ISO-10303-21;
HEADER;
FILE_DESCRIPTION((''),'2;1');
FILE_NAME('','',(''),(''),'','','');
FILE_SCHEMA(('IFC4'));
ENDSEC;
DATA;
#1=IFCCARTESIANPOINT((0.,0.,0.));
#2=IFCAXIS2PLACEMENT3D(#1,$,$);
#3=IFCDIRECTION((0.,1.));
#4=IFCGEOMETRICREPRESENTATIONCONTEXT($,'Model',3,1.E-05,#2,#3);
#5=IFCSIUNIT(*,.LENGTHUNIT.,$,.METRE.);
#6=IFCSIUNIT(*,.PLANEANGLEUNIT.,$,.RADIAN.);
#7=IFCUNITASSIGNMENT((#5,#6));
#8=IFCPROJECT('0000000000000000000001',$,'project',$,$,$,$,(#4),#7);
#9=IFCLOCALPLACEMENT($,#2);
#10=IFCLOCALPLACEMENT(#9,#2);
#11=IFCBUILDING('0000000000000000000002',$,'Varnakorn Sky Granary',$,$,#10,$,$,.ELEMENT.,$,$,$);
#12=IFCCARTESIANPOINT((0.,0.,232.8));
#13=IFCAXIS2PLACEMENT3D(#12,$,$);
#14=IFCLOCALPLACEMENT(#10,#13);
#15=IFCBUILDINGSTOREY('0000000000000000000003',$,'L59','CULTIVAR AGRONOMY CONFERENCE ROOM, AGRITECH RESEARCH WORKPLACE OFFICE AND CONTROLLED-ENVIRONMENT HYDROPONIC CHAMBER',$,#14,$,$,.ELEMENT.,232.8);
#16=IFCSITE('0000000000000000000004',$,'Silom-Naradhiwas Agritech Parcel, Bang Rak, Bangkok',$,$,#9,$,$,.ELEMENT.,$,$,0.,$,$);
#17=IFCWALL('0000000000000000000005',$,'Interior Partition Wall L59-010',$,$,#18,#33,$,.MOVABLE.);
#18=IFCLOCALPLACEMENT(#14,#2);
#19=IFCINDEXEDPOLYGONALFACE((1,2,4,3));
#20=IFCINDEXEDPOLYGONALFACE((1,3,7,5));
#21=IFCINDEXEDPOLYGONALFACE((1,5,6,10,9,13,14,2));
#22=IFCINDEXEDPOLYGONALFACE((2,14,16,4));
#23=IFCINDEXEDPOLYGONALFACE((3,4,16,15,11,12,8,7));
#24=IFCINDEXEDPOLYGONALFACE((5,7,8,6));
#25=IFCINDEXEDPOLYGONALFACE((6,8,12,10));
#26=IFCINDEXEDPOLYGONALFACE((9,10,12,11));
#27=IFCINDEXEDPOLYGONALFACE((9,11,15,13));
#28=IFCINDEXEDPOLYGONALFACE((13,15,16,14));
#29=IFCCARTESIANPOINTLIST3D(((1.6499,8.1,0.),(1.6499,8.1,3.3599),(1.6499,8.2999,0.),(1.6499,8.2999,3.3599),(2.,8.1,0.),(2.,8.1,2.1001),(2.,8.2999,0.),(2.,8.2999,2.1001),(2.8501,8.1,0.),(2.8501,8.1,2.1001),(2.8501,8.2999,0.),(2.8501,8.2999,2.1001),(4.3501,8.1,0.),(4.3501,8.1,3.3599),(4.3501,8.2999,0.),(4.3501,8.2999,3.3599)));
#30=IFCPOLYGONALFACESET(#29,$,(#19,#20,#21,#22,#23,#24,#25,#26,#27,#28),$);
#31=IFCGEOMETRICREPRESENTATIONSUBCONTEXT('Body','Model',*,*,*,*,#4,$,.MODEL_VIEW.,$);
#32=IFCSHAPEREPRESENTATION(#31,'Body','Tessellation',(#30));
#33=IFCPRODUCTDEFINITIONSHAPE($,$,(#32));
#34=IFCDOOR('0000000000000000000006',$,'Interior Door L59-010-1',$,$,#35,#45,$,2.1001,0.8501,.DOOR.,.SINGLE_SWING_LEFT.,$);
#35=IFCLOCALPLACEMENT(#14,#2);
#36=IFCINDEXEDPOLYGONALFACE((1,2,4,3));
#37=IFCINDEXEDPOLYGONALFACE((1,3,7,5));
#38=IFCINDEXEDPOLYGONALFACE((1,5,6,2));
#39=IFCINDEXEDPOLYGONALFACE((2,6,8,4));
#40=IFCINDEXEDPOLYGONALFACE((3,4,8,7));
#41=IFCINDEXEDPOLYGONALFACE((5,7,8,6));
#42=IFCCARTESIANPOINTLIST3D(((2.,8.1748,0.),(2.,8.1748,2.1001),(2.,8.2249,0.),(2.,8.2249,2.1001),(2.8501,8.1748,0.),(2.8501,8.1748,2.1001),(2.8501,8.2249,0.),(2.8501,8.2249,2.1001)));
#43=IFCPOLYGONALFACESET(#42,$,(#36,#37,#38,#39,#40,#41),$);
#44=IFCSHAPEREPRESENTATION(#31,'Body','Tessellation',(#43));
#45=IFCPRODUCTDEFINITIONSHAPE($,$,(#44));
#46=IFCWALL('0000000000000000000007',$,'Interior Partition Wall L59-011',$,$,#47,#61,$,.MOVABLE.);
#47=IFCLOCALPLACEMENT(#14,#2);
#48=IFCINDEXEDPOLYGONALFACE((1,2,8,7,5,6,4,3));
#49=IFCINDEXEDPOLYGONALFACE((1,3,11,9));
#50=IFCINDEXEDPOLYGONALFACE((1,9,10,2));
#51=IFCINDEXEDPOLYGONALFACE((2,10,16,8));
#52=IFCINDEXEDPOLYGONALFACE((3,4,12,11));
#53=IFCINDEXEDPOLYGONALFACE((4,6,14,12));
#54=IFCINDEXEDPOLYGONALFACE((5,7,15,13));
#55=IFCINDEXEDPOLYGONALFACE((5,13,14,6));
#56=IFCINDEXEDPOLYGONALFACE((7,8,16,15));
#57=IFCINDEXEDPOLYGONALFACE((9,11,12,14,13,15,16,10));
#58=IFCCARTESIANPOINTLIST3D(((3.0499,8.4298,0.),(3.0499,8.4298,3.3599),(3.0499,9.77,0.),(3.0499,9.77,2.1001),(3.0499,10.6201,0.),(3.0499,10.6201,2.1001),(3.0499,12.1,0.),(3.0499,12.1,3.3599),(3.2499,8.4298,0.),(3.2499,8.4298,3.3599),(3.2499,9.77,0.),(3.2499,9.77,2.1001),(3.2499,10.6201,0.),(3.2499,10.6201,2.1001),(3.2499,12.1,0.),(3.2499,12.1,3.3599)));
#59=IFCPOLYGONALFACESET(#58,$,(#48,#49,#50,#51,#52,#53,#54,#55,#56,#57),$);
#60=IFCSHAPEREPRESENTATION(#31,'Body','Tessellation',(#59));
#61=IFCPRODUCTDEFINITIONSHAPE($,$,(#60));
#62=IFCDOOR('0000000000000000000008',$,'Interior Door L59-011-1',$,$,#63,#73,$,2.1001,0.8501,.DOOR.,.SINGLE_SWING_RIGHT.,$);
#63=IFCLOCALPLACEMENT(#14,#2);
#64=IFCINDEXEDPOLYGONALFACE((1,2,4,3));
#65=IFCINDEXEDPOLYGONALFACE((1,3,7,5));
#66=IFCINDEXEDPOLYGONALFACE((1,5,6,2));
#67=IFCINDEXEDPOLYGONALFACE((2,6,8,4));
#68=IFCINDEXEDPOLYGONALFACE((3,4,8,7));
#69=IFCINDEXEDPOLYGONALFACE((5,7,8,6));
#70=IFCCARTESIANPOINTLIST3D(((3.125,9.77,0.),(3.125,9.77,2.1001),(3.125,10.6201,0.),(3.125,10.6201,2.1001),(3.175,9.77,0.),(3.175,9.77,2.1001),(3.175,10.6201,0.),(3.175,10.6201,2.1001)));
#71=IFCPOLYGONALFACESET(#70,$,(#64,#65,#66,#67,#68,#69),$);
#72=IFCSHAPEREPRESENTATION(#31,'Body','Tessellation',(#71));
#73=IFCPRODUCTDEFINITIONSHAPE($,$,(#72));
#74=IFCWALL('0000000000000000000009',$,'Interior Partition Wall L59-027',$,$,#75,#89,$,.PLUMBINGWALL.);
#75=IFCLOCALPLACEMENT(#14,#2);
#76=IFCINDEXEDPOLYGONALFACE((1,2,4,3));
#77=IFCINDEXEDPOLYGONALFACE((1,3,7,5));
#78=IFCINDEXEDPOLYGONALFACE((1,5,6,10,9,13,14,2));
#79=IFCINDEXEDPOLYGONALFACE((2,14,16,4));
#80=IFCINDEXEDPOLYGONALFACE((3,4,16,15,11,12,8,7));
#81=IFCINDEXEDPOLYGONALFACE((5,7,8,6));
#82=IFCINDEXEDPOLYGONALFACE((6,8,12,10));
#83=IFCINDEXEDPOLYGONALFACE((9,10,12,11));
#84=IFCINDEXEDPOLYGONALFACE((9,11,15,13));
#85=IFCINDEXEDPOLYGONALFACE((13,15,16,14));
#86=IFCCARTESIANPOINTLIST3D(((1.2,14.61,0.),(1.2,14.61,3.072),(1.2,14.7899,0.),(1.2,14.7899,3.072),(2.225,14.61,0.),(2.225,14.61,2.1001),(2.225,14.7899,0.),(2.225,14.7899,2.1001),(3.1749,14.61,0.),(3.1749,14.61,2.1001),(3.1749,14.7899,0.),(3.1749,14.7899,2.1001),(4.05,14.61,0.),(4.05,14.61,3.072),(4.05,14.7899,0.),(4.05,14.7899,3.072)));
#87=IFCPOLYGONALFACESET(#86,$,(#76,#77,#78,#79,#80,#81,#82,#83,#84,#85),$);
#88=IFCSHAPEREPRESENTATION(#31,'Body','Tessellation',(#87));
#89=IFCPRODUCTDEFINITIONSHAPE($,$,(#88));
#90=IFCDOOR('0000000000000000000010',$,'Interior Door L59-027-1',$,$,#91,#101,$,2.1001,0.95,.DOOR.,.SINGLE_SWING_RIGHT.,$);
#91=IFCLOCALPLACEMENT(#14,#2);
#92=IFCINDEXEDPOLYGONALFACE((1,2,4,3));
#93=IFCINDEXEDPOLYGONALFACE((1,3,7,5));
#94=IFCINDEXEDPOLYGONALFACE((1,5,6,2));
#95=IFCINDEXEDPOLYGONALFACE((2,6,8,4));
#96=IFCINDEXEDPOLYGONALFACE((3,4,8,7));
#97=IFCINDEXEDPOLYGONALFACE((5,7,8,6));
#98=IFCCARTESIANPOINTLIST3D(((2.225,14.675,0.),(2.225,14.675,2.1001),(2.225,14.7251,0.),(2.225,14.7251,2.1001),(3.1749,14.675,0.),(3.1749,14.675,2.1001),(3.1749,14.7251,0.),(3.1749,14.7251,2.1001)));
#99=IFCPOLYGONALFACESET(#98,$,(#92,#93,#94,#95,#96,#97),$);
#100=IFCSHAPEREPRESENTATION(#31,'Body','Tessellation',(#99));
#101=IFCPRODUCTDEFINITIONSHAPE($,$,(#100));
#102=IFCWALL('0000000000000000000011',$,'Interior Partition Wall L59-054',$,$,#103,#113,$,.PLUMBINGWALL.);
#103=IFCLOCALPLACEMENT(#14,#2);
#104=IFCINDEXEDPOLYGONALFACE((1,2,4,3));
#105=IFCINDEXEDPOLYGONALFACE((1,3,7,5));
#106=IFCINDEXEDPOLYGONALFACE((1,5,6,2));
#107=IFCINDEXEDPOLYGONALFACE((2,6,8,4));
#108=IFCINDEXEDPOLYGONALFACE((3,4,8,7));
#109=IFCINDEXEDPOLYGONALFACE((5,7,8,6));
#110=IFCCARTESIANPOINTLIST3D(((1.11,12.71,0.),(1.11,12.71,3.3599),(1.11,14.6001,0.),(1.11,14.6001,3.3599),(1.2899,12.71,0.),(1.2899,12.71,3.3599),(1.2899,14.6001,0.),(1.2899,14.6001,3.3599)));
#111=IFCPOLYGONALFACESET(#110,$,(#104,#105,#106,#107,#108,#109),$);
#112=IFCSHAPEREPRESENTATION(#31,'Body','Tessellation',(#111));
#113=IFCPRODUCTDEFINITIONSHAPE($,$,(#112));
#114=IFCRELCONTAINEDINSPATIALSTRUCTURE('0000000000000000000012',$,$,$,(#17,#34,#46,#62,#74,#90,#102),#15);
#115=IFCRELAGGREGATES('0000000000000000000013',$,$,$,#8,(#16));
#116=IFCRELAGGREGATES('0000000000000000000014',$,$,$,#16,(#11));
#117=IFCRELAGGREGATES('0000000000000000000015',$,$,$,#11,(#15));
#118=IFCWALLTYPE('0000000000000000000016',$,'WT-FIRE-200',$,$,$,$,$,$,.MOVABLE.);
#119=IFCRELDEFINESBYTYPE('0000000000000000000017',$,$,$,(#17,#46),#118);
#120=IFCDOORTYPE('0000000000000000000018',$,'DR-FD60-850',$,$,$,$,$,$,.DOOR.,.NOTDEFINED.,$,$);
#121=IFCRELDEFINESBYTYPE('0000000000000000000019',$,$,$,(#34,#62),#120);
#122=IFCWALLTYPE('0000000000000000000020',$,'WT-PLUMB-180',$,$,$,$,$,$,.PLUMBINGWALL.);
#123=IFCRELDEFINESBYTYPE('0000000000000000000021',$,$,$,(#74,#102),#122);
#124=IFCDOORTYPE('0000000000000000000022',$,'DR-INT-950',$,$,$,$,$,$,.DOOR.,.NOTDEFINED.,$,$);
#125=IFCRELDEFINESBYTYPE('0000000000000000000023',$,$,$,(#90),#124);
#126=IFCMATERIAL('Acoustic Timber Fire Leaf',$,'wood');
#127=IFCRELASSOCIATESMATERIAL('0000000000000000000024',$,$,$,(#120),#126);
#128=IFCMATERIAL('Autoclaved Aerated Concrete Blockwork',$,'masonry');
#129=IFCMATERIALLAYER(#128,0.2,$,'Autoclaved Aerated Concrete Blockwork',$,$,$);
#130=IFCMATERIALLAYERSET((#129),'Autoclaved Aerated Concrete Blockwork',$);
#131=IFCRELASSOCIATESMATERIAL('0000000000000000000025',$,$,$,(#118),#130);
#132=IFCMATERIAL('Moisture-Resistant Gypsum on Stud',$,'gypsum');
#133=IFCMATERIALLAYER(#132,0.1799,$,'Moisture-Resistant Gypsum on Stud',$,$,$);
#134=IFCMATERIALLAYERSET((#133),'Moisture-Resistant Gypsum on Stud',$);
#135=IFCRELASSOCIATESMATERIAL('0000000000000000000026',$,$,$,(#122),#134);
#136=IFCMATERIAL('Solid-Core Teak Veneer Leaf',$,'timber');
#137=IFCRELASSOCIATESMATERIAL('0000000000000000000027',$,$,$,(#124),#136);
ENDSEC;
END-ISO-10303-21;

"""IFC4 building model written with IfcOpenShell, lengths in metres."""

from ifc_helpers import new_model, si_unit, direction, frame, frame_2d, origin, place, context, subcontext, project, spatial, rectangle, extrude, material, layer, layer_set, type_object, element, fill, save


model = new_model("IFC4")

# Units and contexts
model_context = context("Model", 3, precision=1e-05, world=origin(), true_north=direction((0.0, 1.0)))
body_context = subcontext(model_context, "Body", "Model", "MODEL_VIEW")
ifc_project = project(units=[si_unit("LENGTHUNIT", "METRE"), si_unit("PLANEANGLEUNIT", "RADIAN")], contexts=[model_context])

# Site, building, storey
site_placement = place(None, origin())
site = spatial("IfcSite", under=ifc_project, at=site_placement, Name="Silom-Naradhiwas Agritech Parcel, Bang Rak, Bangkok", CompositionType="ELEMENT", RefElevation=0.0)
building_placement = place(site_placement, origin())
building = spatial("IfcBuilding", under=site, at=building_placement, Name="Varnakorn Sky Granary", CompositionType="ELEMENT")
storey_placement = place(building_placement, frame((0.0, 0.0, 232.8)))
storey = spatial("IfcBuildingStorey", under=building, at=storey_placement, Name="L59", Description="CULTIVAR AGRONOMY CONFERENCE ROOM, AGRITECH RESEARCH WORKPLACE OFFICE AND CONTROLLED-ENVIRONMENT HYDROPONIC CHAMBER", CompositionType="ELEMENT", Elevation=232.8)

# Walls, openings, doors
ifc_material_1 = material(Name="Acoustic Timber Fire Leaf", Category="wood")
door_type_1 = type_object("IfcDoorType", Name="DR-FD60-850", OperationType="NOTDEFINED", PredefinedType="DOOR", material=ifc_material_1)
ifc_material_2 = material(Name="Autoclaved Aerated Concrete Blockwork", Category="masonry")
ifc_layer_1 = layer(ifc_material_2, 0.2, Name="Autoclaved Aerated Concrete Blockwork")
ifc_layer_set_1 = layer_set([ifc_layer_1], Name="Autoclaved Aerated Concrete Blockwork")
wall_type_1 = type_object("IfcWallType", Name="WT-FIRE-200", PredefinedType="MOVABLE", material=ifc_layer_set_1)
wall_1_placement = place(storey_placement, frame((1.6499, 8.2, 0.0), z_axis=(0.0, 0.0, 1.0), x_axis=(1.0, 0.0, 0.0)))
wall_1 = element("IfcWall", 1, at=wall_1_placement, inside=storey, type_object=wall_type_1, Name="Interior Partition Wall L59-010", PredefinedType="MOVABLE", context=body_context, shape_type="SweptSolid", body=[
    extrude(rectangle(XDim=2.7002, YDim=0.2, at=frame_2d((1.3501, 0.0))), origin(), (0.0, 0.0, 1.0), 3.3599),
])
opening_1_placement = place(wall_1_placement, frame((0.3501, 0.0, 0.0)))
opening_1 = element("IfcOpeningElement", 2, at=opening_1_placement, cuts=wall_1, PredefinedType="OPENING", context=body_context, shape_type="SweptSolid", body=[
    extrude(rectangle(XDim=0.8501, YDim=2.1001, at=frame_2d((0.425, 1.05))), frame((0.0, 0.1099, 0.0), z_axis=(0.0, -1.0, 0.0), x_axis=(1.0, 0.0, 0.0)), (0.0, 0.0, 1.0), 0.22),
])
door_1_placement = place(opening_1_placement, origin())
door_1 = element("IfcDoor", 3, at=door_1_placement, inside=storey, type_object=door_type_1, Name="Interior Door L59-010-1", OperationType="SINGLE_SWING_LEFT", OverallHeight=2.1001, OverallWidth=0.8501, PredefinedType="DOOR", context=body_context, shape_type="SweptSolid", body=[
    extrude(rectangle(XDim=0.8501, YDim=2.1001, at=frame_2d((0.425, 1.05))), frame((0.0, 0.0249, 0.0), z_axis=(0.0, -1.0, 0.0), x_axis=(1.0, 0.0, 0.0)), (0.0, 0.0, 1.0), 0.05),
])
fill(opening_1, door_1)
wall_2_placement = place(storey_placement, frame((3.1499, 8.4299, 0.0), z_axis=(0.0, 0.0, 1.0), x_axis=(0.0, 1.0, 0.0)))
wall_2 = element("IfcWall", 4, at=wall_2_placement, inside=storey, type_object=wall_type_1, Name="Interior Partition Wall L59-011", PredefinedType="MOVABLE", context=body_context, shape_type="SweptSolid", body=[
    extrude(rectangle(XDim=3.6702, YDim=0.2, at=frame_2d((1.835, 0.0))), origin(), (0.0, 0.0, 1.0), 3.3599),
])
opening_2_placement = place(wall_2_placement, frame((1.3401, 0.0, 0.0)))
opening_2 = element("IfcOpeningElement", 5, at=opening_2_placement, cuts=wall_2, PredefinedType="OPENING", context=body_context, shape_type="SweptSolid", body=[
    extrude(rectangle(XDim=0.8501, YDim=2.1001, at=frame_2d((0.425, 1.05))), frame((0.0, 0.1099, 0.0), z_axis=(0.0, -1.0, 0.0), x_axis=(1.0, 0.0, 0.0)), (0.0, 0.0, 1.0), 0.22),
])
door_2_placement = place(opening_2_placement, origin())
door_2 = element("IfcDoor", 6, at=door_2_placement, inside=storey, type_object=door_type_1, Name="Interior Door L59-011-1", OperationType="SINGLE_SWING_RIGHT", OverallHeight=2.1001, OverallWidth=0.8501, PredefinedType="DOOR", context=body_context, shape_type="SweptSolid", body=[
    extrude(rectangle(XDim=0.8501, YDim=2.1001, at=frame_2d((0.425, 1.05))), frame((0.0, 0.0249, 0.0), z_axis=(0.0, -1.0, 0.0), x_axis=(1.0, 0.0, 0.0)), (0.0, 0.0, 1.0), 0.05),
])
fill(opening_2, door_2)
ifc_material_3 = material(Name="Moisture-Resistant Gypsum on Stud", Category="gypsum")
ifc_layer_2 = layer(ifc_material_3, 0.1799, Name="Moisture-Resistant Gypsum on Stud")
ifc_layer_set_2 = layer_set([ifc_layer_2], Name="Moisture-Resistant Gypsum on Stud")
wall_type_2 = type_object("IfcWallType", Name="WT-PLUMB-180", PredefinedType="PLUMBINGWALL", material=ifc_layer_set_2)
wall_3_placement = place(storey_placement, frame((4.05, 14.7, 0.0), z_axis=(0.0, 0.0, 1.0), x_axis=(-1.0, 0.0, 0.0)))
wall_3 = element("IfcWall", 7, at=wall_3_placement, inside=storey, type_object=wall_type_2, Name="Interior Partition Wall L59-027", PredefinedType="PLUMBINGWALL", context=body_context, shape_type="SweptSolid", body=[
    extrude(rectangle(XDim=2.8501, YDim=0.1799, at=frame_2d((1.425, 0.0))), origin(), (0.0, 0.0, 1.0), 3.072),
])
opening_3_placement = place(wall_3_placement, frame((0.875, 0.0, 0.0)))
opening_3 = element("IfcOpeningElement", 8, at=opening_3_placement, cuts=wall_3, PredefinedType="OPENING", context=body_context, shape_type="SweptSolid", body=[
    extrude(rectangle(XDim=0.95, YDim=2.1001, at=frame_2d((0.4751, 1.05))), frame((0.0, 0.1001, 0.0), z_axis=(0.0, -1.0, 0.0), x_axis=(1.0, 0.0, 0.0)), (0.0, 0.0, 1.0), 0.2),
])
ifc_material_4 = material(Name="Solid-Core Teak Veneer Leaf", Category="timber")
door_type_2 = type_object("IfcDoorType", Name="DR-INT-950", OperationType="NOTDEFINED", PredefinedType="DOOR", material=ifc_material_4)
door_3_placement = place(opening_3_placement, origin())
door_3 = element("IfcDoor", 9, at=door_3_placement, inside=storey, type_object=door_type_2, Name="Interior Door L59-027-1", OperationType="SINGLE_SWING_RIGHT", OverallHeight=2.1001, OverallWidth=0.95, PredefinedType="DOOR", context=body_context, shape_type="SweptSolid", body=[
    extrude(rectangle(XDim=0.95, YDim=2.1001, at=frame_2d((0.4751, 1.05))), frame((0.0, 0.0249, 0.0), z_axis=(0.0, -1.0, 0.0), x_axis=(1.0, 0.0, 0.0)), (0.0, 0.0, 1.0), 0.05),
])
fill(opening_3, door_3)

# Wall
wall_4_placement = place(storey_placement, frame((1.2, 14.6001, 0.0), z_axis=(0.0, 0.0, 1.0), x_axis=(0.0, -1.0, 0.0)))
element("IfcWall", 10, at=wall_4_placement, inside=storey, type_object=wall_type_2, Name="Interior Partition Wall L59-054", PredefinedType="PLUMBINGWALL", context=body_context, shape_type="SweptSolid", body=[
    extrude(rectangle(XDim=1.8901, YDim=0.1799, at=frame_2d((0.9451, 0.0))), origin(), (0.0, 0.0, 1.0), 3.3599),
])

save(model, "model.ifc")
